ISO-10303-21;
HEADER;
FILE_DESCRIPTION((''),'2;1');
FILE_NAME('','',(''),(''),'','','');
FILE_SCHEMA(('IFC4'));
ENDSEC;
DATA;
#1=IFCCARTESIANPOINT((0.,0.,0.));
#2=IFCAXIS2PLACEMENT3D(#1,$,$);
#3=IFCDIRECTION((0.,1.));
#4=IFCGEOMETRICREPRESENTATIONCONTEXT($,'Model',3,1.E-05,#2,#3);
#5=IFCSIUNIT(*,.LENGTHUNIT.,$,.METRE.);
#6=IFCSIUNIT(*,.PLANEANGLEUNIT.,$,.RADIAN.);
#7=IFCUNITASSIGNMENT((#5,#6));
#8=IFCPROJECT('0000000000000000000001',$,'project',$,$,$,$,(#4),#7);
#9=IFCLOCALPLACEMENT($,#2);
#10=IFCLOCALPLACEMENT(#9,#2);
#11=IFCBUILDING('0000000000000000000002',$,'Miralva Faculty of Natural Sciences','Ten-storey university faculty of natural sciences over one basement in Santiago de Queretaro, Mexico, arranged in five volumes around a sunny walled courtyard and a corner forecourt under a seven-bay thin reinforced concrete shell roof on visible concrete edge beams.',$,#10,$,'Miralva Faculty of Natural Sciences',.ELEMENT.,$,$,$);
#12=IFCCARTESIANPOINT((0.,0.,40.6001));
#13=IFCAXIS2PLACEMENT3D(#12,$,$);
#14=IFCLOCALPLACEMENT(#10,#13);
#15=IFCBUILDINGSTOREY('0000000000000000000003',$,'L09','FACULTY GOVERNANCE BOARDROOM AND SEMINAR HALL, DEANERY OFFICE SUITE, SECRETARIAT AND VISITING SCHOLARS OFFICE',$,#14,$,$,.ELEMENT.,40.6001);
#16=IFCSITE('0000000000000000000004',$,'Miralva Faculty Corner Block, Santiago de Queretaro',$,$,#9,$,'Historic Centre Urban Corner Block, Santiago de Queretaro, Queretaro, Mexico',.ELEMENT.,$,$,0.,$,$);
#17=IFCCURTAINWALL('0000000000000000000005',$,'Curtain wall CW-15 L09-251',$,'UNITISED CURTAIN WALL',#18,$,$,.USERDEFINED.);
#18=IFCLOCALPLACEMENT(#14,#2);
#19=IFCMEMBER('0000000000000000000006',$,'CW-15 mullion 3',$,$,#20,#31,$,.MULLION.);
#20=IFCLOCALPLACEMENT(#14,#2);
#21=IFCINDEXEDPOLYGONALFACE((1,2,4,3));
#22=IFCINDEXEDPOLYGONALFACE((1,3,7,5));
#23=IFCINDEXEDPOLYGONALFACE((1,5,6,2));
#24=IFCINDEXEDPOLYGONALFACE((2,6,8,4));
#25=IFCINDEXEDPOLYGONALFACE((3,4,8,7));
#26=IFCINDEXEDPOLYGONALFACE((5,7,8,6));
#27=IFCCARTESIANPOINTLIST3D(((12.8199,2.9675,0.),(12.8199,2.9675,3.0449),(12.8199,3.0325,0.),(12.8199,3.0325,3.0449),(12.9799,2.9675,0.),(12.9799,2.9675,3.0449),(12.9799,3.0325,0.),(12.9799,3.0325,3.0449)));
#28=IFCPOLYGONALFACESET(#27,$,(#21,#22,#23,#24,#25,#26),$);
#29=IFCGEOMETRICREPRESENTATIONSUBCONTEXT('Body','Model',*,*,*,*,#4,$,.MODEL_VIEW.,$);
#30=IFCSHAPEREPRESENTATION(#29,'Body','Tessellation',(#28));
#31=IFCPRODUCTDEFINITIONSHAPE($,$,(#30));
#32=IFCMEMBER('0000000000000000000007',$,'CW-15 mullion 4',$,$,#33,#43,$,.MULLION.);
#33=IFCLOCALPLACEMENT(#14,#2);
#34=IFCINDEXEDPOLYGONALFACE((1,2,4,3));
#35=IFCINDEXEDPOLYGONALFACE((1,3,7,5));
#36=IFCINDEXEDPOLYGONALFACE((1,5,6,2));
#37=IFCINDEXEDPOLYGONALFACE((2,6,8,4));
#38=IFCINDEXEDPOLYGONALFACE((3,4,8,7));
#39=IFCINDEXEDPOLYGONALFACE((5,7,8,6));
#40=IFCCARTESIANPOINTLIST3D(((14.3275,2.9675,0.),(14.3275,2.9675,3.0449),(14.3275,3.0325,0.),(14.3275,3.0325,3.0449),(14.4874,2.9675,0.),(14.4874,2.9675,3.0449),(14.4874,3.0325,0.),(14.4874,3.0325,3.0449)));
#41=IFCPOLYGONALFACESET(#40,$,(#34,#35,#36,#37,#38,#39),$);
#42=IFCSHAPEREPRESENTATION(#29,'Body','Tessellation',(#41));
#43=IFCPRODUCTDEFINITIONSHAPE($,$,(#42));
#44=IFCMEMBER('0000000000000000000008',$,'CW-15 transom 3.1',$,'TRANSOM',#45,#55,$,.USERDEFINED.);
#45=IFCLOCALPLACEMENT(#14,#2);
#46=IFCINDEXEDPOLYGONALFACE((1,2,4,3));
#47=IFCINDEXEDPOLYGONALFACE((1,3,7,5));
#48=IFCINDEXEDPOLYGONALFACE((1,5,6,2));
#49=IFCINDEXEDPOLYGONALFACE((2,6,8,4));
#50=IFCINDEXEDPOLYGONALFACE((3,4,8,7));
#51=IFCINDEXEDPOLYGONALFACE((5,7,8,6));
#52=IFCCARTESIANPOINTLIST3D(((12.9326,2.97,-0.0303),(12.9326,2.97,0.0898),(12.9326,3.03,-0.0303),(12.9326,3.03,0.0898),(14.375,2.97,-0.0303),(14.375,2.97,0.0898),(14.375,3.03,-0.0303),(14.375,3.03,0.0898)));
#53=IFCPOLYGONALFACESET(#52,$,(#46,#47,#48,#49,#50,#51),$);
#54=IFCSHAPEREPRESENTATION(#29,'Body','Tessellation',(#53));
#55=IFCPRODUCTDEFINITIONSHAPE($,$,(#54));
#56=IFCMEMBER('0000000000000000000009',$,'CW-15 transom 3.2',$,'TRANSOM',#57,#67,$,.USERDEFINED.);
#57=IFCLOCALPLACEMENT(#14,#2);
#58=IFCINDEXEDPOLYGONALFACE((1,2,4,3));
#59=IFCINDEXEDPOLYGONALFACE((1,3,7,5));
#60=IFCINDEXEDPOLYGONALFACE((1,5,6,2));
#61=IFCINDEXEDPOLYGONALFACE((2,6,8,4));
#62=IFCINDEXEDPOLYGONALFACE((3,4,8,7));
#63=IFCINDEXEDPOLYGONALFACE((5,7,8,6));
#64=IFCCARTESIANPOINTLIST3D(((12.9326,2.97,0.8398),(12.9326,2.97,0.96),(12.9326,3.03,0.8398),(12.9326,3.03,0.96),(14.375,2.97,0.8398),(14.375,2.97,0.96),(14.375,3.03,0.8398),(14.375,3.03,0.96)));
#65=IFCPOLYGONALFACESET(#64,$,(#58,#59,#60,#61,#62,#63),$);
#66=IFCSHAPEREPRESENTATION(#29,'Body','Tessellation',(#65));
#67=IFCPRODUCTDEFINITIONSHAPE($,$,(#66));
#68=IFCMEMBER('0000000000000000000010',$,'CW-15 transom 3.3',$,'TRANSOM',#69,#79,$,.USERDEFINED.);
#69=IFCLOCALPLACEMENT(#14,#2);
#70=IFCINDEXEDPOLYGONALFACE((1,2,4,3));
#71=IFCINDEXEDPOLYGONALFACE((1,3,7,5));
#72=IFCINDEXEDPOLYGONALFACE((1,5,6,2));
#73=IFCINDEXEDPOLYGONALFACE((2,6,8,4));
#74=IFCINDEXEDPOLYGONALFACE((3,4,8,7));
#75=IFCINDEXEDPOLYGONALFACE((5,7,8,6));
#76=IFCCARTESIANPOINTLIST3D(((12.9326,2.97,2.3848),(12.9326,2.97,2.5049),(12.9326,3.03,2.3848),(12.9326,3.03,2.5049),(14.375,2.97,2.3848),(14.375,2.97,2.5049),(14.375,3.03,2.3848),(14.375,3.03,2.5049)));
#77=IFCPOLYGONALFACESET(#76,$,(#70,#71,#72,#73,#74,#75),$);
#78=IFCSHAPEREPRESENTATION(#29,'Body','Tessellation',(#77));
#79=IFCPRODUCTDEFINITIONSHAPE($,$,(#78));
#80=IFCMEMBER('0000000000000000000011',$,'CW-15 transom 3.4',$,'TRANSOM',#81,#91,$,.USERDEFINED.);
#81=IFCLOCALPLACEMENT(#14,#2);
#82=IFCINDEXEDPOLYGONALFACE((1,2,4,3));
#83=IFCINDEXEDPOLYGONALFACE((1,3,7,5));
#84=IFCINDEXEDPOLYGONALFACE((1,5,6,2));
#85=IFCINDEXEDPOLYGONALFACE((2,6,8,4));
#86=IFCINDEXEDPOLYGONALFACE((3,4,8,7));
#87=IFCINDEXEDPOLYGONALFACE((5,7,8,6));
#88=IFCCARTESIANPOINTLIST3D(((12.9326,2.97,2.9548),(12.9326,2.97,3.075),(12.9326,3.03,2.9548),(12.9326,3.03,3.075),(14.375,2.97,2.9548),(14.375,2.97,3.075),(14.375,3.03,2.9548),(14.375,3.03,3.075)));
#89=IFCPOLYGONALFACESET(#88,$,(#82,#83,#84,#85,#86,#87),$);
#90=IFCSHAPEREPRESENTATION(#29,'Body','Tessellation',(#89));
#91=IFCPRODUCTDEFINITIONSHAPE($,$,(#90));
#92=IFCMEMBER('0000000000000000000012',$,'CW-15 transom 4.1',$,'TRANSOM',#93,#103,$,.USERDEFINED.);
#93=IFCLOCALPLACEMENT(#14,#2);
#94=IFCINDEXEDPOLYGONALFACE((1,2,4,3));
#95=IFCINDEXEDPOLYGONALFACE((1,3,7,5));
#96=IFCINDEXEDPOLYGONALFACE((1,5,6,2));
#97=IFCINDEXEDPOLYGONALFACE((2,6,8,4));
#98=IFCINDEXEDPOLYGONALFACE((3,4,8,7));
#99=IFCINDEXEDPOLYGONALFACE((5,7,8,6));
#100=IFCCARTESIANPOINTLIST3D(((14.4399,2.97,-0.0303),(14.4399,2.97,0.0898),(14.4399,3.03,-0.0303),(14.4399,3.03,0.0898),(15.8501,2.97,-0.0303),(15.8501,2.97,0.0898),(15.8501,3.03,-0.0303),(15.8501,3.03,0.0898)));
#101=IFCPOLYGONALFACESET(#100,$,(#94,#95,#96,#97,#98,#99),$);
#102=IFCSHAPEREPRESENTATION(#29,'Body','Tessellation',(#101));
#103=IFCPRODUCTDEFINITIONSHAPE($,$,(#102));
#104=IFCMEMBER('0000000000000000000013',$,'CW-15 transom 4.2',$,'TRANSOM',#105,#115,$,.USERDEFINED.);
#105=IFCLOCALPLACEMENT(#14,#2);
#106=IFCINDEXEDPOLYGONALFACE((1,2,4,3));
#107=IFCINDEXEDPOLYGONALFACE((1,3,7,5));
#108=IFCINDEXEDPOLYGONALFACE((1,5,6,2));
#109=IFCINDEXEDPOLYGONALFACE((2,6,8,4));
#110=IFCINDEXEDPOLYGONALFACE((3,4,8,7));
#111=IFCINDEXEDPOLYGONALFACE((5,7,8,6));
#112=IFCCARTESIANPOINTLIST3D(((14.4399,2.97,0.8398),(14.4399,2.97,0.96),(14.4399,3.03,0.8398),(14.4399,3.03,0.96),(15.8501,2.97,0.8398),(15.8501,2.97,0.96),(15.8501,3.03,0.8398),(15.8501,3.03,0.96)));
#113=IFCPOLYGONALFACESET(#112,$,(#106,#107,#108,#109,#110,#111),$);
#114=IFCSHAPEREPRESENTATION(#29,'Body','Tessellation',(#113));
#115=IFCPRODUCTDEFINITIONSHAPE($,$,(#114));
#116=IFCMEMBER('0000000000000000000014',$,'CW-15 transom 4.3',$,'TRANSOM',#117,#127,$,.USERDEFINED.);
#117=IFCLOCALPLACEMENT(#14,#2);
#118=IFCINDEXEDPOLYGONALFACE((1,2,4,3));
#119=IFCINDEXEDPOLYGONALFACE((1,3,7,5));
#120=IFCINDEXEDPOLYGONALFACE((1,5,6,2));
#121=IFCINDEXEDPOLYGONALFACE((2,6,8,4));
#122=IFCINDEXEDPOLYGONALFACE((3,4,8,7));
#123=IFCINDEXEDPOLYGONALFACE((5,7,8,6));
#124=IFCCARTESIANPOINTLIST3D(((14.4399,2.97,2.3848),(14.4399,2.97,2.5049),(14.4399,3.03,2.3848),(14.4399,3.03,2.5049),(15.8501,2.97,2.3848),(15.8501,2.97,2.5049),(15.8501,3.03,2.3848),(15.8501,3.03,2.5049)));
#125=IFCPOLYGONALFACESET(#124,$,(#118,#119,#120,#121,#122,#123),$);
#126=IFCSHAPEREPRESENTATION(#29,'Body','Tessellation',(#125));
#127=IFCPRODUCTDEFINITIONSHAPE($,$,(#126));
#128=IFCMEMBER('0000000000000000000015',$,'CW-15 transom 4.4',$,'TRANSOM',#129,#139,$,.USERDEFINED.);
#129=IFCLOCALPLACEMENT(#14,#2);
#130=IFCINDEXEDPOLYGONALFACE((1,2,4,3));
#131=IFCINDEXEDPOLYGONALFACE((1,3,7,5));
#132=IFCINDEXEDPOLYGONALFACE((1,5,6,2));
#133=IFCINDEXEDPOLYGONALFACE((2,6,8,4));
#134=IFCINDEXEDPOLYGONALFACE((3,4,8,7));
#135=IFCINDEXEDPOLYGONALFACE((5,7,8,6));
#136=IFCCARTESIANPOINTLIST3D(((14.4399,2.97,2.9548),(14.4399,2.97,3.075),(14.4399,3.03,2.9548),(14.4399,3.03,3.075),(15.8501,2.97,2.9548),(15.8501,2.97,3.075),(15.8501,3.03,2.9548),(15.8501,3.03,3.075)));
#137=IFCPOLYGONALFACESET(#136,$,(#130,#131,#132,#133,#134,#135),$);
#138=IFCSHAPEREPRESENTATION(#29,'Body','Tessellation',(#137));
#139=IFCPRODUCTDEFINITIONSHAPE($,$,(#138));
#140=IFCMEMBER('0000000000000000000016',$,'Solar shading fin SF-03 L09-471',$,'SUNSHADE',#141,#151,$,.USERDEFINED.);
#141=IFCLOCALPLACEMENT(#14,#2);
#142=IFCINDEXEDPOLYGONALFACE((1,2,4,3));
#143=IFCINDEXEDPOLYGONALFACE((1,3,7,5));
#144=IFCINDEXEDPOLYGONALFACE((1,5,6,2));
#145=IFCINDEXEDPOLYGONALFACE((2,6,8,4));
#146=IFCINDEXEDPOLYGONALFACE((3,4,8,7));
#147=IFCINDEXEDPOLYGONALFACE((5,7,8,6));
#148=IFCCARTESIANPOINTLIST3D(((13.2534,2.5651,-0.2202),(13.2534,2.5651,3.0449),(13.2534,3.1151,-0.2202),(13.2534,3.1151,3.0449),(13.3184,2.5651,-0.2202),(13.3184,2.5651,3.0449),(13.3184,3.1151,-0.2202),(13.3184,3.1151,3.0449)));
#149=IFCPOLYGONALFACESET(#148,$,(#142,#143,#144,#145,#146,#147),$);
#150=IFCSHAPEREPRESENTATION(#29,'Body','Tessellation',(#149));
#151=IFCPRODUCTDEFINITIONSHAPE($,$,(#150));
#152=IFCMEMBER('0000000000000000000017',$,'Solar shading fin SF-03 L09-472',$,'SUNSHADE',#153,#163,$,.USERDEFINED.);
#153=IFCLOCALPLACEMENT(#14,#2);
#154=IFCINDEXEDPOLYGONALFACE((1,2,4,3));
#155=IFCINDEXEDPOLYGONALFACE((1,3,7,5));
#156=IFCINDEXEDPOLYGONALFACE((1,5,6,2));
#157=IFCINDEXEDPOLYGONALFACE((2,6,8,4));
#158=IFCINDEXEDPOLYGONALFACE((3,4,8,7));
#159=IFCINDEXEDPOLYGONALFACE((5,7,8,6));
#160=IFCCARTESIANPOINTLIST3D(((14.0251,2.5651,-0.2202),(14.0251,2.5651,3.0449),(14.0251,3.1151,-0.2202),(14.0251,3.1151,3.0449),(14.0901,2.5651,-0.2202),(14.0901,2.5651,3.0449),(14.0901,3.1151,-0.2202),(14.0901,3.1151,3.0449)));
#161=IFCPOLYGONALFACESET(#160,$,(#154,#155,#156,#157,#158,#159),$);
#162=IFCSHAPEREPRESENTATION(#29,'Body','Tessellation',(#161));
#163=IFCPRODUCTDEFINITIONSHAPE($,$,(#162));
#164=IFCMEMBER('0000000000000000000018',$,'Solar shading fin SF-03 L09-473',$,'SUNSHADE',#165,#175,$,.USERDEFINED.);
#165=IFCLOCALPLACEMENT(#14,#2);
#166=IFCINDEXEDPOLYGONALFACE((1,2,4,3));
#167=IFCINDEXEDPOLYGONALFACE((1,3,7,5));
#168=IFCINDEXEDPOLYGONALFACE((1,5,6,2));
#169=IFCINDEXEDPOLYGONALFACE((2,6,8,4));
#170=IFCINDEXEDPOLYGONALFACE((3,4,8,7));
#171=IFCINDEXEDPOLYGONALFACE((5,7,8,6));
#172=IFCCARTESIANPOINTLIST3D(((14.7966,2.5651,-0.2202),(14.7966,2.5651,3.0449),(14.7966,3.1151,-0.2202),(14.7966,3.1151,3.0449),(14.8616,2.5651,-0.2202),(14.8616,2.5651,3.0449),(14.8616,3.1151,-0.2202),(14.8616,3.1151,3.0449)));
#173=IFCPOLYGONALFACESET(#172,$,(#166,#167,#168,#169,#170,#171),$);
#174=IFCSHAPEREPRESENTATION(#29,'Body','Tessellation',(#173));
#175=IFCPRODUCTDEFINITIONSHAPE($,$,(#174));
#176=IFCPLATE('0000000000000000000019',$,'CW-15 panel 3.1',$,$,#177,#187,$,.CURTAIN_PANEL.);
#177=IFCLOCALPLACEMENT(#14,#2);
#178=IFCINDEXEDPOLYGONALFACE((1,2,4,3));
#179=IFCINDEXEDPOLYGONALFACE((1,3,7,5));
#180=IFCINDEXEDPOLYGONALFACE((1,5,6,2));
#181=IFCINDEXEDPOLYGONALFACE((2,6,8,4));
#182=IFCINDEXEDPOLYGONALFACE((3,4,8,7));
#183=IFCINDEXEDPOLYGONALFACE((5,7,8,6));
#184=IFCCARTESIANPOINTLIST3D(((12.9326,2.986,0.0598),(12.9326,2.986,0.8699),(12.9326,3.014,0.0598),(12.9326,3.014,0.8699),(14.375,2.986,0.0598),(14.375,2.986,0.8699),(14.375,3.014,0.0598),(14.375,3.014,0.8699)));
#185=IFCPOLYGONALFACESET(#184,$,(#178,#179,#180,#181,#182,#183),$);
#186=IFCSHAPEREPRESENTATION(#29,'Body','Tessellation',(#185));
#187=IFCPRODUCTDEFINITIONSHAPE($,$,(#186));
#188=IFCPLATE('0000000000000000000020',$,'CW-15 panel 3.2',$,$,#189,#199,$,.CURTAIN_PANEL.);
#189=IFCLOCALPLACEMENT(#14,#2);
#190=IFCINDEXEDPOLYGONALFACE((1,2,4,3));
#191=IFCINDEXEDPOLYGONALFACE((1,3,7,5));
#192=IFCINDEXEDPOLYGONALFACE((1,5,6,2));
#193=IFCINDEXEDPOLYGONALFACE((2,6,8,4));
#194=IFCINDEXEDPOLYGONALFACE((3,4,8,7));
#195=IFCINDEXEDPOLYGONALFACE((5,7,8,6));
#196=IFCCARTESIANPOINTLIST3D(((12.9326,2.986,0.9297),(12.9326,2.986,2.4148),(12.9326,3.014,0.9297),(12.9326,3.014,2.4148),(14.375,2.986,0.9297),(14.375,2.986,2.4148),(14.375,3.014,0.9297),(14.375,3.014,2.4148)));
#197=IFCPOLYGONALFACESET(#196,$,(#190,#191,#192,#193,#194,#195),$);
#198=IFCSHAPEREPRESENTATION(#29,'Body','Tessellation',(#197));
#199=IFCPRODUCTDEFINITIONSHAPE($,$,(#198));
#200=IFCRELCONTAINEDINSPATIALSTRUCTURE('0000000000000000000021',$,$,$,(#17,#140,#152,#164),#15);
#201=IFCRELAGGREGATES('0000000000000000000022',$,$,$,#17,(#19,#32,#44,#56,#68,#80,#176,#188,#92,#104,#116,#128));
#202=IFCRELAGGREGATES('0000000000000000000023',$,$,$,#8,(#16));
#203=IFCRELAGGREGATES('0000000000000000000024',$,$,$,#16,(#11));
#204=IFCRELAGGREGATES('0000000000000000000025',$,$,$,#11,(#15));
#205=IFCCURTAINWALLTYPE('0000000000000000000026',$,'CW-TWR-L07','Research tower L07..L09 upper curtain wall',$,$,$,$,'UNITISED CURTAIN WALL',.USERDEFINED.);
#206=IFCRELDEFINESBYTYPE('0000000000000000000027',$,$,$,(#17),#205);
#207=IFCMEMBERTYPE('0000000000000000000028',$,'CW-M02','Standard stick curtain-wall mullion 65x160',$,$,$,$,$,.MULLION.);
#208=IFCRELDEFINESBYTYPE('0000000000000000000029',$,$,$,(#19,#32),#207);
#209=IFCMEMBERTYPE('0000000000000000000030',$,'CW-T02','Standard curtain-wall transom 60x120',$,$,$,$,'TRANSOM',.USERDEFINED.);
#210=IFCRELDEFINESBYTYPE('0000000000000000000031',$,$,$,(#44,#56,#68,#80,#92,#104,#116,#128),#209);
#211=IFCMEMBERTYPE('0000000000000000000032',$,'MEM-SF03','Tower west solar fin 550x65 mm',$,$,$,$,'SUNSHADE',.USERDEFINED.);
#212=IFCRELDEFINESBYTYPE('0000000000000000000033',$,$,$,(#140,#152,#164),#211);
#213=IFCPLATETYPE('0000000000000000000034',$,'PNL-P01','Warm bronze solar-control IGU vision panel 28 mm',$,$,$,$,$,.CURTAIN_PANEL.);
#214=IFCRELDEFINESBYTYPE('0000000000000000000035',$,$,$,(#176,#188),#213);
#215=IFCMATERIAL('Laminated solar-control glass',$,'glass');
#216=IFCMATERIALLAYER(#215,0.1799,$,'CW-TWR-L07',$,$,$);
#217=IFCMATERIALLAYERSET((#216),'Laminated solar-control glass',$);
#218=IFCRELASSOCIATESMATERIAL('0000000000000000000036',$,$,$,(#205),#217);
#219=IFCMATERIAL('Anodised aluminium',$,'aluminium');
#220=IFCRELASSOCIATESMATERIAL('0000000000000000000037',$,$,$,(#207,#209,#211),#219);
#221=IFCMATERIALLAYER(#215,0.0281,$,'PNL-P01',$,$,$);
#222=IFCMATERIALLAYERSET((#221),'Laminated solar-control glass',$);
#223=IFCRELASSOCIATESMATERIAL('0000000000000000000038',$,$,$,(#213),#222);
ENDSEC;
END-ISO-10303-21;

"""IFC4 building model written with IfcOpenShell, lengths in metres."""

from ifc_helpers import new_model, si_unit, direction, frame, origin, origin_2d, place, context, subcontext, project, spatial, rectangle, extrude, material, layer, layer_set, material_profile, profile_set, type_object, element, aggregate, save


model = new_model("IFC4")

# Units and contexts
model_context = context("Model", 3, precision=1e-05, world=origin(), true_north=direction((0.0, 1.0)))
body_context = subcontext(model_context, "Body", "Model", "MODEL_VIEW")
ifc_project = project(units=[si_unit("LENGTHUNIT", "METRE"), si_unit("PLANEANGLEUNIT", "RADIAN")], contexts=[model_context])

# Site, building, storey
site_placement = place(None, origin())
site = spatial("IfcSite", under=ifc_project, at=site_placement, Name="Miralva Faculty Corner Block, Santiago de Queretaro", LongName="Historic Centre Urban Corner Block, Santiago de Queretaro, Queretaro, Mexico", CompositionType="ELEMENT", RefElevation=0.0)
building_placement = place(site_placement, origin())
building = spatial("IfcBuilding", under=site, at=building_placement, Name="Miralva Faculty of Natural Sciences", Description="Ten-storey university faculty of natural sciences over one basement in Santiago de Queretaro, Mexico, arranged in five volumes around a sunny walled courtyard and a corner forecourt under a seven-bay thin reinforced concrete shell roof on visible concrete edge beams.", LongName="Miralva Faculty of Natural Sciences", CompositionType="ELEMENT")
storey_placement = place(building_placement, frame((0.0, 0.0, 40.6001)))
storey = spatial("IfcBuildingStorey", under=building, at=storey_placement, Name="L09", Description="FACULTY GOVERNANCE BOARDROOM AND SEMINAR HALL, DEANERY OFFICE SUITE, SECRETARIAT AND VISITING SCHOLARS OFFICE", CompositionType="ELEMENT", Elevation=40.6001)

# Curtain wall, members
ifc_material_1 = material(Name="Laminated solar-control glass", Category="glass")
ifc_layer_1 = layer(ifc_material_1, 0.1799, Name="CW-TWR-L07")
ifc_layer_set_1 = layer_set([ifc_layer_1], Name="Laminated solar-control glass")
curtain_wall_type = type_object("IfcCurtainWallType", Name="CW-TWR-L07", Description="Research tower L07..L09 upper curtain wall", ElementType="UNITISED CURTAIN WALL", PredefinedType="USERDEFINED", material=ifc_layer_set_1)
curtain_wall_placement = place(storey_placement, origin())
curtain_wall = element("IfcCurtainWall", 1, at=curtain_wall_placement, inside=storey, type_object=curtain_wall_type, Name="Curtain wall CW-15 L09-251", ObjectType="UNITISED CURTAIN WALL", PredefinedType="USERDEFINED")
ifc_material_2 = material(Name="Anodised aluminium", Category="aluminium")
ifc_material_profile_1 = material_profile(ifc_material_2, rectangle(XDim=0.0649, YDim=0.1599, at=origin_2d()), Name="MULLION 65x160")
ifc_profile_set_1 = profile_set([ifc_material_profile_1], Name="Anodised aluminium")
member_type_1 = type_object("IfcMemberType", Name="CW-M02", Description="Standard stick curtain-wall mullion 65x160", PredefinedType="MULLION", material=ifc_profile_set_1)
member_1_placement = place(storey_placement, frame((12.8999, 3.0, 0.0), z_axis=(0.0, 0.0, 1.0), x_axis=(0.0, 1.0, 0.0)))
member_1 = element("IfcMember", 2, at=member_1_placement, type_object=member_type_1, Name="CW-15 mullion 3", PredefinedType="MULLION", context=body_context, shape_type="SweptSolid", body=[
    extrude(rectangle(XDim=0.0649, YDim=0.1599, at=origin_2d()), origin(), (0.0, 0.0, 1.0), 3.0449),
])
member_2_placement = place(storey_placement, frame((14.4075, 3.0, 0.0), z_axis=(0.0, 0.0, 1.0), x_axis=(0.0, 1.0, 0.0)))
member_2 = element("IfcMember", 3, at=member_2_placement, type_object=member_type_1, Name="CW-15 mullion 4", PredefinedType="MULLION", context=body_context, shape_type="SweptSolid", body=[
    extrude(rectangle(XDim=0.0649, YDim=0.1599, at=origin_2d()), origin(), (0.0, 0.0, 1.0), 3.0449),
])
ifc_material_profile_2 = material_profile(ifc_material_2, rectangle(XDim=0.0601, YDim=0.1201, at=origin_2d()), Name="TRANSOM 60x120")
ifc_profile_set_2 = profile_set([ifc_material_profile_2], Name="Anodised aluminium")
member_type_2 = type_object("IfcMemberType", Name="CW-T02", Description="Standard curtain-wall transom 60x120", ElementType="TRANSOM", PredefinedType="USERDEFINED", material=ifc_profile_set_2)
member_3_placement = place(storey_placement, frame((12.9326, 3.0, 0.0298), z_axis=(1.0, 0.0, 0.0), x_axis=(0.0, 1.0, 0.0)))
member_3 = element("IfcMember", 4, at=member_3_placement, type_object=member_type_2, Name="CW-15 transom 3.1", ObjectType="TRANSOM", PredefinedType="USERDEFINED", context=body_context, shape_type="SweptSolid", body=[
    extrude(rectangle(XDim=0.0601, YDim=0.1201, at=origin_2d()), origin(), (0.0, 0.0, 1.0), 1.4424),
])
member_4_placement = place(storey_placement, frame((12.9326, 3.0, 0.8999), z_axis=(1.0, 0.0, 0.0), x_axis=(0.0, 1.0, 0.0)))
member_4 = element("IfcMember", 5, at=member_4_placement, type_object=member_type_2, Name="CW-15 transom 3.2", ObjectType="TRANSOM", PredefinedType="USERDEFINED", context=body_context, shape_type="SweptSolid", body=[
    extrude(rectangle(XDim=0.0601, YDim=0.1201, at=origin_2d()), origin(), (0.0, 0.0, 1.0), 1.4424),
])
member_5_placement = place(storey_placement, frame((12.9326, 3.0, 2.4448), z_axis=(1.0, 0.0, 0.0), x_axis=(0.0, 1.0, 0.0)))
member_5 = element("IfcMember", 6, at=member_5_placement, type_object=member_type_2, Name="CW-15 transom 3.3", ObjectType="TRANSOM", PredefinedType="USERDEFINED", context=body_context, shape_type="SweptSolid", body=[
    extrude(rectangle(XDim=0.0601, YDim=0.1201, at=origin_2d()), origin(), (0.0, 0.0, 1.0), 1.4424),
])
member_6_placement = place(storey_placement, frame((12.9326, 3.0, 3.0149), z_axis=(1.0, 0.0, 0.0), x_axis=(0.0, 1.0, 0.0)))
member_6 = element("IfcMember", 7, at=member_6_placement, type_object=member_type_2, Name="CW-15 transom 3.4", ObjectType="TRANSOM", PredefinedType="USERDEFINED", context=body_context, shape_type="SweptSolid", body=[
    extrude(rectangle(XDim=0.0601, YDim=0.1201, at=origin_2d()), origin(), (0.0, 0.0, 1.0), 1.4424),
])
member_7_placement = place(storey_placement, frame((14.4399, 3.0, 0.0298), z_axis=(1.0, 0.0, 0.0), x_axis=(0.0, 1.0, 0.0)))
member_7 = element("IfcMember", 8, at=member_7_placement, type_object=member_type_2, Name="CW-15 transom 4.1", ObjectType="TRANSOM", PredefinedType="USERDEFINED", context=body_context, shape_type="SweptSolid", body=[
    extrude(rectangle(XDim=0.0601, YDim=0.1201, at=origin_2d()), origin(), (0.0, 0.0, 1.0), 1.4102),
])
member_8_placement = place(storey_placement, frame((14.4399, 3.0, 0.8999), z_axis=(1.0, 0.0, 0.0), x_axis=(0.0, 1.0, 0.0)))
member_8 = element("IfcMember", 9, at=member_8_placement, type_object=member_type_2, Name="CW-15 transom 4.2", ObjectType="TRANSOM", PredefinedType="USERDEFINED", context=body_context, shape_type="SweptSolid", body=[
    extrude(rectangle(XDim=0.0601, YDim=0.1201, at=origin_2d()), origin(), (0.0, 0.0, 1.0), 1.4102),
])
member_9_placement = place(storey_placement, frame((14.4399, 3.0, 2.4448), z_axis=(1.0, 0.0, 0.0), x_axis=(0.0, 1.0, 0.0)))
member_9 = element("IfcMember", 10, at=member_9_placement, type_object=member_type_2, Name="CW-15 transom 4.3", ObjectType="TRANSOM", PredefinedType="USERDEFINED", context=body_context, shape_type="SweptSolid", body=[
    extrude(rectangle(XDim=0.0601, YDim=0.1201, at=origin_2d()), origin(), (0.0, 0.0, 1.0), 1.4102),
])
member_10_placement = place(storey_placement, frame((14.4399, 3.0, 3.0149), z_axis=(1.0, 0.0, 0.0), x_axis=(0.0, 1.0, 0.0)))
member_10 = element("IfcMember", 11, at=member_10_placement, type_object=member_type_2, Name="CW-15 transom 4.4", ObjectType="TRANSOM", PredefinedType="USERDEFINED", context=body_context, shape_type="SweptSolid", body=[
    extrude(rectangle(XDim=0.0601, YDim=0.1201, at=origin_2d()), origin(), (0.0, 0.0, 1.0), 1.4102),
])

# Members
ifc_material_profile_3 = material_profile(ifc_material_2, rectangle(XDim=0.0649, YDim=0.55, at=origin_2d()), Name="FIN 550x65")
ifc_profile_set_3 = profile_set([ifc_material_profile_3], Name="Anodised aluminium")
member_type_3 = type_object("IfcMemberType", Name="MEM-SF03", Description="Tower west solar fin 550x65 mm", ElementType="SUNSHADE", PredefinedType="USERDEFINED", material=ifc_profile_set_3)
for number, where, z_axis, x_axis, name in (
    (12, (13.2859, 2.8401, -0.2202), (0.0, 0.0, 1.0), (1.0, 0.0, 0.0), "Solar shading fin SF-03 L09-471"),
    (13, (14.0576, 2.8401, -0.2202), (0.0, 0.0, 1.0), (1.0, 0.0, 0.0), "Solar shading fin SF-03 L09-472"),
    (14, (14.8291, 2.8401, -0.2202), (0.0, 0.0, 1.0), (1.0, 0.0, 0.0), "Solar shading fin SF-03 L09-473"),
):
    element("IfcMember", number, at=place(storey_placement, frame(where, z_axis=z_axis, x_axis=x_axis)), inside=storey, type_object=member_type_3, Name=name, ObjectType="SUNSHADE", PredefinedType="USERDEFINED", context=body_context, shape_type="SweptSolid", body=[
        extrude(rectangle(XDim=0.0649, YDim=0.55, at=origin_2d()), origin(), (0.0, 0.0, 1.0), 3.2651),
    ])

# Plates
ifc_layer_2 = layer(ifc_material_1, 0.0281, Name="PNL-P01")
ifc_layer_set_2 = layer_set([ifc_layer_2], Name="Laminated solar-control glass")
plate_type = type_object("IfcPlateType", Name="PNL-P01", Description="Warm bronze solar-control IGU vision panel 28 mm", PredefinedType="CURTAIN_PANEL", material=ifc_layer_set_2)
plate_1_placement = place(storey_placement, frame((13.6538, 3.0, 0.0598), z_axis=(0.0, 0.0, 1.0), x_axis=(1.0, 0.0, 0.0)))
plate_1 = element("IfcPlate", 15, at=plate_1_placement, type_object=plate_type, Name="CW-15 panel 3.1", PredefinedType="CURTAIN_PANEL", context=body_context, shape_type="SweptSolid", body=[
    extrude(rectangle(XDim=1.4424, YDim=0.0281, at=origin_2d()), origin(), (0.0, 0.0, 1.0), 0.8101),
])
plate_2_placement = place(storey_placement, frame((13.6538, 3.0, 0.9297), z_axis=(0.0, 0.0, 1.0), x_axis=(1.0, 0.0, 0.0)))
plate_2 = element("IfcPlate", 16, at=plate_2_placement, type_object=plate_type, Name="CW-15 panel 3.2", PredefinedType="CURTAIN_PANEL", context=body_context, shape_type="SweptSolid", body=[
    extrude(rectangle(XDim=1.4424, YDim=0.0281, at=origin_2d()), origin(), (0.0, 0.0, 1.0), 1.4851),
])
aggregate(curtain_wall, [member_1, member_2, member_3, member_4, member_5, member_6, plate_1, plate_2, member_7, member_8, member_9, member_10])

save(model, "model.ifc")
